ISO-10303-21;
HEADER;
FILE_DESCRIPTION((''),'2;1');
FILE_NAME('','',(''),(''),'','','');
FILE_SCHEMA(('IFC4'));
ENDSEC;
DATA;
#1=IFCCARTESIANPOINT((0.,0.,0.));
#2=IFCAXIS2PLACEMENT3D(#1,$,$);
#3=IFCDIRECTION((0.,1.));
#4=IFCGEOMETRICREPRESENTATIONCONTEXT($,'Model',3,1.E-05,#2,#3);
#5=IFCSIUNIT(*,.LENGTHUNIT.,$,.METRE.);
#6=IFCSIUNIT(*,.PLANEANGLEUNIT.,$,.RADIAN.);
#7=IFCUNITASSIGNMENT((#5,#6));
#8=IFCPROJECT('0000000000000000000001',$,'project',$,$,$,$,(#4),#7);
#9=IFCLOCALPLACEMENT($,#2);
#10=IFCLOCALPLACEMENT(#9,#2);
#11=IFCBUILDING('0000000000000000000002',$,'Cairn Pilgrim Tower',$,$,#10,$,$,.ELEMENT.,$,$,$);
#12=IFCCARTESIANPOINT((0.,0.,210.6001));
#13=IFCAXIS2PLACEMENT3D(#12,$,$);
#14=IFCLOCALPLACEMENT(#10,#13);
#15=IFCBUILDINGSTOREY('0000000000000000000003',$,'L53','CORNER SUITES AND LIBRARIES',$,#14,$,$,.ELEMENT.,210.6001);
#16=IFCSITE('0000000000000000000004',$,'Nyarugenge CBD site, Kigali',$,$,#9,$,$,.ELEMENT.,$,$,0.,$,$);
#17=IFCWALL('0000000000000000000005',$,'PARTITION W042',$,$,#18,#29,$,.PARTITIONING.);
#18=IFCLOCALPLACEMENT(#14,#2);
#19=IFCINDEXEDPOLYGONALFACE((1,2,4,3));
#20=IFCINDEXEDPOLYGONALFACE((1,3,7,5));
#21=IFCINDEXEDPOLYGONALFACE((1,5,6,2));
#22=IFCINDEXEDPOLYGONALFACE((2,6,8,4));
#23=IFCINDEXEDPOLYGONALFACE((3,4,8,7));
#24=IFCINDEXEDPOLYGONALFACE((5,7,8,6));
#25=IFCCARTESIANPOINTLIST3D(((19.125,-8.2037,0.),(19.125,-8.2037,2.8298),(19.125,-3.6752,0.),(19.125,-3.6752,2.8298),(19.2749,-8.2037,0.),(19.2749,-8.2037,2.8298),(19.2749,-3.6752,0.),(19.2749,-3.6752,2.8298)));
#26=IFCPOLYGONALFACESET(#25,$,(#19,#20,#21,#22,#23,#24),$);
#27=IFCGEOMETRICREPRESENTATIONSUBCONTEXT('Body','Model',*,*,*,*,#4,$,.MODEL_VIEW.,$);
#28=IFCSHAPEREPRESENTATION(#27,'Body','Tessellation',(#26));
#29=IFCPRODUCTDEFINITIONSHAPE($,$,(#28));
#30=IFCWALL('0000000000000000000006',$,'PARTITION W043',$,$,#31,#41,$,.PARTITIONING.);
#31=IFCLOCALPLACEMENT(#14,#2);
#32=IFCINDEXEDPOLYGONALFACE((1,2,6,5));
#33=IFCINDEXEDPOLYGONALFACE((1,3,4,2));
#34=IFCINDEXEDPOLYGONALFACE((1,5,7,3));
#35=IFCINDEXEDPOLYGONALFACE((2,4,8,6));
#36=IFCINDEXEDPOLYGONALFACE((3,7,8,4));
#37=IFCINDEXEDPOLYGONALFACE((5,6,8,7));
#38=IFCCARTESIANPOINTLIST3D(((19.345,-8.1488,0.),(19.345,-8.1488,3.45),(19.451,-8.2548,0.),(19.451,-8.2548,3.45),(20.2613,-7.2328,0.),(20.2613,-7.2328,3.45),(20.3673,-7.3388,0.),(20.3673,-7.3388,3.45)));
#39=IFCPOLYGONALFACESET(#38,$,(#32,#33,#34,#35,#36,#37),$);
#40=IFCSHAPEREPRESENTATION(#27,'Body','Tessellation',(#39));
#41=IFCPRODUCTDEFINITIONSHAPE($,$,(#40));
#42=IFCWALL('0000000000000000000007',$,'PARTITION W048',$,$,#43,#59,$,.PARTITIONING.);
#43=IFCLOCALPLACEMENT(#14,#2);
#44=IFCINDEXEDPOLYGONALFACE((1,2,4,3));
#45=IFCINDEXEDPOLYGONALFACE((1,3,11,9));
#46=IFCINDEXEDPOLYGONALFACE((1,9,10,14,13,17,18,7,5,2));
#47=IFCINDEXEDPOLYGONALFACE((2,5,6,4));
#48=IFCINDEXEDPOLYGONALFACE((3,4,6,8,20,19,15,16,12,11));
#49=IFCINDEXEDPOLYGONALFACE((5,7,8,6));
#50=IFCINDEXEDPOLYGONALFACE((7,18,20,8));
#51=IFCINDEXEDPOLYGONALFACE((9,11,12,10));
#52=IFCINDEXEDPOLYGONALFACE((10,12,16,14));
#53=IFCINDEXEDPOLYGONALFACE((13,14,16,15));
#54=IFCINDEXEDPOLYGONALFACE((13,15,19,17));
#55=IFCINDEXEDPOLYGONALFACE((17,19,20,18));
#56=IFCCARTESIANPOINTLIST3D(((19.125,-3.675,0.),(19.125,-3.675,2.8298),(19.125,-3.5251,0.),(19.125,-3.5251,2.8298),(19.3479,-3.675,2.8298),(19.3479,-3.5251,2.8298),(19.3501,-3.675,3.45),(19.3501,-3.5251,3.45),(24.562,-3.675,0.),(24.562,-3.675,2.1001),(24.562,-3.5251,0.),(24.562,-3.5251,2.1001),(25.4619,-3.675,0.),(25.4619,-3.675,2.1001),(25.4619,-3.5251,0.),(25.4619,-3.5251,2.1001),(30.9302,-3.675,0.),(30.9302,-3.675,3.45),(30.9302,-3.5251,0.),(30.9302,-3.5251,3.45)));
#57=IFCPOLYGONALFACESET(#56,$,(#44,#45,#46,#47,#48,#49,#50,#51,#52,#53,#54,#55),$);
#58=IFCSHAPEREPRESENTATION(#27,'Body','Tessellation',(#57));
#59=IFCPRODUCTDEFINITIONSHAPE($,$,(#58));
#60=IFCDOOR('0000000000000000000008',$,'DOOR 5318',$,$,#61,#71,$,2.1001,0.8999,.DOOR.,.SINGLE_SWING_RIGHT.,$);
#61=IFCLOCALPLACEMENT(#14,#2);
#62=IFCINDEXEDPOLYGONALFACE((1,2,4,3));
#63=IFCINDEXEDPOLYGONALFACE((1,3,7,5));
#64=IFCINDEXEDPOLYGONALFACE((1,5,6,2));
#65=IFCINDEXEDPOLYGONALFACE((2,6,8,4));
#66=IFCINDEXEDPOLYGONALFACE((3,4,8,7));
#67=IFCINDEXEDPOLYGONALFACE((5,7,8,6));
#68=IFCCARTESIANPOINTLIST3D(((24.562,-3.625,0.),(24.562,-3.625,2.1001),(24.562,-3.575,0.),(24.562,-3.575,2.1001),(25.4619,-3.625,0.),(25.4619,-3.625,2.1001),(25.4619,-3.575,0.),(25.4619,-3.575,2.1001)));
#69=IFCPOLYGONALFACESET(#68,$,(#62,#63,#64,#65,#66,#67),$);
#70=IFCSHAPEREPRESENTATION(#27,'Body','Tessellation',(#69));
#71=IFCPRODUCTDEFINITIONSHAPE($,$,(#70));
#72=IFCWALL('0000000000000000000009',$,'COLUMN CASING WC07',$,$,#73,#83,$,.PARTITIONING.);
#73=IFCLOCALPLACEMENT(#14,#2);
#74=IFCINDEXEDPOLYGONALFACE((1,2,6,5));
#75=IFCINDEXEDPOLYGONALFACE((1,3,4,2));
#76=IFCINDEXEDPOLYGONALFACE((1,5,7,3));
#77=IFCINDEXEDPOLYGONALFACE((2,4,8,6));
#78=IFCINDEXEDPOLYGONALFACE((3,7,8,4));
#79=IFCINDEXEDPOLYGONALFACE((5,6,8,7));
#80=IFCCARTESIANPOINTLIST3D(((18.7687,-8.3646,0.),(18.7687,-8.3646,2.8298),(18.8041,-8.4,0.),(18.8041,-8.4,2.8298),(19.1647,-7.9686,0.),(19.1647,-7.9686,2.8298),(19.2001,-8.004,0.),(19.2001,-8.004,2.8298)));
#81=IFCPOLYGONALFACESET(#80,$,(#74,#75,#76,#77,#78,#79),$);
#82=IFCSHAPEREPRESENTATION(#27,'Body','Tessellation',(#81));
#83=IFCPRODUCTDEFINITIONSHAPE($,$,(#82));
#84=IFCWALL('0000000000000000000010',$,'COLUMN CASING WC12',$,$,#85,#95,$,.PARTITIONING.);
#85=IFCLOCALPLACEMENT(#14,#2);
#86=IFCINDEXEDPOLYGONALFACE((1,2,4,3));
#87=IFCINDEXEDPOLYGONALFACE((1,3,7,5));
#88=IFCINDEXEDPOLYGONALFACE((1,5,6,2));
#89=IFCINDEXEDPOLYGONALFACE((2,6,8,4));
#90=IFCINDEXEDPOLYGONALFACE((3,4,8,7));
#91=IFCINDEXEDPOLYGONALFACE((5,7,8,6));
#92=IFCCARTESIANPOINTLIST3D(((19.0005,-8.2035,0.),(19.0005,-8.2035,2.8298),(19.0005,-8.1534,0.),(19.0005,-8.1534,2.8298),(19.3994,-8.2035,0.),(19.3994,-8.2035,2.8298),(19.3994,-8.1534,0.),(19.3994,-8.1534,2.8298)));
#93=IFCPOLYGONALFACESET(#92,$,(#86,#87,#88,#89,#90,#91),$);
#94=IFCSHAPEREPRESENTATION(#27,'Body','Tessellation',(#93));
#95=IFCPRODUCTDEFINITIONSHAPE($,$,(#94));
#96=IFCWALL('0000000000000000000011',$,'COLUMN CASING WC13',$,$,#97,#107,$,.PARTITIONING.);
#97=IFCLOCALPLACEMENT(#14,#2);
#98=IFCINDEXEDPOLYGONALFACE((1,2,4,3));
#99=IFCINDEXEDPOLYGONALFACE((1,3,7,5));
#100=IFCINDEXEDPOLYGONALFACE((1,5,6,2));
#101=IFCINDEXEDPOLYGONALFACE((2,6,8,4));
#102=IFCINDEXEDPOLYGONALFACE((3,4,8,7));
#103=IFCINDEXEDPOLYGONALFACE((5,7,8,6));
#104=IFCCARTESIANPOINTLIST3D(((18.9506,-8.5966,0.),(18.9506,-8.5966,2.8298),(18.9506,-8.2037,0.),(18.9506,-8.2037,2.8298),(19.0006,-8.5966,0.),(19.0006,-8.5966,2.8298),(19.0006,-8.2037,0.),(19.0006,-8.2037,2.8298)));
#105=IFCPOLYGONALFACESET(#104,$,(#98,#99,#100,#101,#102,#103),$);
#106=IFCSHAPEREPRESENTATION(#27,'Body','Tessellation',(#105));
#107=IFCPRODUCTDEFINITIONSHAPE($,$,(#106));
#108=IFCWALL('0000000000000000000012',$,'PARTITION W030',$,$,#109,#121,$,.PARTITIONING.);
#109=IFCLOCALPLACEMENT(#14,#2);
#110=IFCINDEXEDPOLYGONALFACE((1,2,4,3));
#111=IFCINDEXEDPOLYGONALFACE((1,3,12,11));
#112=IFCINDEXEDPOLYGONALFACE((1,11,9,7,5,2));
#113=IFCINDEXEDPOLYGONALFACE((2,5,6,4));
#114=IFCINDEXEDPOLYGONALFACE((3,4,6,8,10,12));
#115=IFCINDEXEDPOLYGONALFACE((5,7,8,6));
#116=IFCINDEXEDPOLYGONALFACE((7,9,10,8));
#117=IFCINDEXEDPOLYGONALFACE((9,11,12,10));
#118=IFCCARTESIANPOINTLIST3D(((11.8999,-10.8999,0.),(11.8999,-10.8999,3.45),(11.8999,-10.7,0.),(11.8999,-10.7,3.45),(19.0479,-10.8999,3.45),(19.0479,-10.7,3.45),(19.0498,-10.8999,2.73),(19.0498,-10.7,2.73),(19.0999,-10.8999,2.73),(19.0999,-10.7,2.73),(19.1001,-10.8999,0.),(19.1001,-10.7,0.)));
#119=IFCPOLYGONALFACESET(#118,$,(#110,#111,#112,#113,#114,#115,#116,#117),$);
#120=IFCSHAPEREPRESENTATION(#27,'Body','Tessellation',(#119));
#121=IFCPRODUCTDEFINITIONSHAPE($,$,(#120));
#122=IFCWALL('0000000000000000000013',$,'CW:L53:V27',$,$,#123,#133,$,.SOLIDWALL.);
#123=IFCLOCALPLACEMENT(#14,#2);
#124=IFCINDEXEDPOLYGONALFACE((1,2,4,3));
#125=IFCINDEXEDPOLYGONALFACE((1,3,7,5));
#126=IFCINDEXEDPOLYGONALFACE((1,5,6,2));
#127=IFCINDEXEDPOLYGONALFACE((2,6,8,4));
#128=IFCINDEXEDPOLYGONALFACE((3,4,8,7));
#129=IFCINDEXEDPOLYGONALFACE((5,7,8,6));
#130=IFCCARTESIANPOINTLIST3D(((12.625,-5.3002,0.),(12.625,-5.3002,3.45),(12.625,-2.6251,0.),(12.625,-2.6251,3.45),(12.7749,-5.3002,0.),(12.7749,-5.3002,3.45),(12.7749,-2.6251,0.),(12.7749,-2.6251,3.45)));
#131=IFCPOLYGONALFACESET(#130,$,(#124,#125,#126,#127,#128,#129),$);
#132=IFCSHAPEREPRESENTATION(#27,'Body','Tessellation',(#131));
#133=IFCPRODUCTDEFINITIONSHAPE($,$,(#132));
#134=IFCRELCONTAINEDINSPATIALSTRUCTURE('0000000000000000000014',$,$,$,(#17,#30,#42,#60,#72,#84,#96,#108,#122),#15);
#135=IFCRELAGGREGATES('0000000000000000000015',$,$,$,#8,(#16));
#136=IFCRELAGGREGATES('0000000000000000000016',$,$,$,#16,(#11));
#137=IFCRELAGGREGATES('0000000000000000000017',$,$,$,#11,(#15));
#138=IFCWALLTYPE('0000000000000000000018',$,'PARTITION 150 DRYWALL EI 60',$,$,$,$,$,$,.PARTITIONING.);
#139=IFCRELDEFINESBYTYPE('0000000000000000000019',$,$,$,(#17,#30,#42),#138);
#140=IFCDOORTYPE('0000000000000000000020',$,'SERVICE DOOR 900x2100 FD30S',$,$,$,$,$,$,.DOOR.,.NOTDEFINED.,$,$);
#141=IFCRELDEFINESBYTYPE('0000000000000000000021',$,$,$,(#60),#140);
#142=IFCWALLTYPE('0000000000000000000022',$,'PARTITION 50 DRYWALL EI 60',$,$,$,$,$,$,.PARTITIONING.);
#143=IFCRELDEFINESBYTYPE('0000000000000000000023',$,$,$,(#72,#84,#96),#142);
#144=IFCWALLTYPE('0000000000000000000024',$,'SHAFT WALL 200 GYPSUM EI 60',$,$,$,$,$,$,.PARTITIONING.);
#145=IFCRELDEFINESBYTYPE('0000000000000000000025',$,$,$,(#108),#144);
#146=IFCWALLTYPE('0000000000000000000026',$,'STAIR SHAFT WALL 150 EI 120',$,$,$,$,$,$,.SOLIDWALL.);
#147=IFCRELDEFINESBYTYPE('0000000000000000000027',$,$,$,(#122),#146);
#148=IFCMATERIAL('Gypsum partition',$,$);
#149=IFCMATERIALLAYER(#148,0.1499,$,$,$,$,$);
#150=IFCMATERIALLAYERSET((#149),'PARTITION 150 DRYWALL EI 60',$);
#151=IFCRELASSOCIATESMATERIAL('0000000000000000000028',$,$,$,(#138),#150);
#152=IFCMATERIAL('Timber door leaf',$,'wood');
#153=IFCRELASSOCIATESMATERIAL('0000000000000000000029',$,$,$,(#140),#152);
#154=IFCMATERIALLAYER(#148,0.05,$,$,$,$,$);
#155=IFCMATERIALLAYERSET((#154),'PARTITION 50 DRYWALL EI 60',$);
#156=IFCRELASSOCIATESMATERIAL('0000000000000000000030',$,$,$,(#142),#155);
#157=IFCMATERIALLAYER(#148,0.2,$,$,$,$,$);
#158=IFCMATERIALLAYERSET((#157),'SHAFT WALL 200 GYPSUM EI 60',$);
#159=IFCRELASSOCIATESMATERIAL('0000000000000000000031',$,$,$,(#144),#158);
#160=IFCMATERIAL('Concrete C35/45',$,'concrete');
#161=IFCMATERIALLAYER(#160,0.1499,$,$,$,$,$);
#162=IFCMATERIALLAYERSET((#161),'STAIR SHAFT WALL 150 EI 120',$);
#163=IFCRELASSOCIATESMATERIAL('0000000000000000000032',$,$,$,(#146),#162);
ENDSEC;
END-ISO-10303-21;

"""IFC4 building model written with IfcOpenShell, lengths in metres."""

from ifc_helpers import new_model, si_unit, direction, frame, frame_2d, origin, place, context, subcontext, project, spatial, polyline, rectangle, outline, extrude, material, layer, layer_set, type_object, element, fill, save


model = new_model("IFC4")

# Units and contexts
model_context = context("Model", 3, precision=1e-05, world=origin(), true_north=direction((0.0, 1.0)))
body_context = subcontext(model_context, "Body", "Model", "MODEL_VIEW")
ifc_project = project(units=[si_unit("LENGTHUNIT", "METRE"), si_unit("PLANEANGLEUNIT", "RADIAN")], contexts=[model_context])

# Site, building, storey
site_placement = place(None, origin())
site = spatial("IfcSite", under=ifc_project, at=site_placement, Name="Nyarugenge CBD site, Kigali", CompositionType="ELEMENT", RefElevation=0.0)
building_placement = place(site_placement, origin())
building = spatial("IfcBuilding", under=site, at=building_placement, Name="Cairn Pilgrim Tower", CompositionType="ELEMENT")
storey_placement = place(building_placement, frame((0.0, 0.0, 210.6001)))
storey = spatial("IfcBuildingStorey", under=building, at=storey_placement, Name="L53", Description="CORNER SUITES AND LIBRARIES", CompositionType="ELEMENT", Elevation=210.6001)

# Walls
ifc_material_1 = material(Name="Gypsum partition")
ifc_layer_1 = layer(ifc_material_1, 0.1499)
ifc_layer_set_1 = layer_set([ifc_layer_1], Name="PARTITION 150 DRYWALL EI 60")
wall_type_1 = type_object("IfcWallType", Name="PARTITION 150 DRYWALL EI 60", PredefinedType="PARTITIONING", material=ifc_layer_set_1)
wall_1_placement = place(storey_placement, frame((19.2, -8.2036, 0.0), z_axis=(0.0, 0.0, 1.0), x_axis=(0.0, 1.0, 0.0)))
element("IfcWall", 1, at=wall_1_placement, inside=storey, type_object=wall_type_1, Name="PARTITION W042", PredefinedType="PARTITIONING", context=body_context, shape_type="SweptSolid", body=[
    extrude(rectangle(XDim=4.5286, YDim=0.1499, at=frame_2d((2.2642, 0.0))), origin(), (0.0, 0.0, 1.0), 2.8298),
])
wall_2_placement = place(storey_placement, frame((19.3979, -8.2019, 0.0), z_axis=(0.0, 0.0, 1.0), x_axis=(0.707201, 0.707013, 0.0)))
element("IfcWall", 2, at=wall_2_placement, inside=storey, type_object=wall_type_1, Name="PARTITION W043", PredefinedType="PARTITIONING", context=body_context, shape_type="SweptSolid", body=[
    extrude(rectangle(XDim=1.2957, YDim=0.1499, at=frame_2d((0.6479, 0.0))), origin(), (0.0, 0.0, 1.0), 3.45),
])

# Wall, opening, door
wall_3_placement = place(storey_placement, frame((19.125, -3.6001, 0.0), z_axis=(0.0, 0.0, 1.0), x_axis=(1.0, 0.0, 0.0)))
wall_3 = element("IfcWall", 3, at=wall_3_placement, inside=storey, type_object=wall_type_1, Name="PARTITION W048", PredefinedType="PARTITIONING", context=body_context, shape_type="SweptSolid", body=[
    extrude(outline(polyline([(0.0, 0.0), (11.8052, 0.0), (11.8052, 3.45), (0.2251, 3.45), (0.2229, 2.8298), (0.0, 2.8298), (0.0, 0.0)])), frame((0.0, 0.075, 0.0), z_axis=(0.0, -1.0, 0.0), x_axis=(1.0, 0.0, 0.0)), (0.0, 0.0, 1.0), 0.1499),
])
opening_1_placement = place(wall_3_placement, frame((5.437, 0.0, 0.0)))
opening_1 = element("IfcOpeningElement", 4, at=opening_1_placement, cuts=wall_3, PredefinedType="OPENING", context=body_context, shape_type="SweptSolid", body=[
    extrude(rectangle(XDim=0.8999, YDim=2.1001, at=frame_2d((0.45, 1.05))), frame((0.0, 0.085, 0.0), z_axis=(0.0, -1.0, 0.0), x_axis=(1.0, 0.0, 0.0)), (0.0, 0.0, 1.0), 0.1699),
])
ifc_material_2 = material(Name="Timber door leaf", Category="wood")
door_type_1 = type_object("IfcDoorType", Name="SERVICE DOOR 900x2100 FD30S", OperationType="NOTDEFINED", PredefinedType="DOOR", material=ifc_material_2)
door_1_placement = place(opening_1_placement, frame((0.8999, 0.0, 0.0), z_axis=(0.0, 0.0, 1.0), x_axis=(-1.0, 0.0, 0.0)))
door_1 = element("IfcDoor", 5, at=door_1_placement, inside=storey, type_object=door_type_1, Name="DOOR 5318", OperationType="SINGLE_SWING_RIGHT", OverallHeight=2.1001, OverallWidth=0.8999, PredefinedType="DOOR", context=body_context, shape_type="SweptSolid", body=[
    extrude(rectangle(XDim=0.8999, YDim=2.1001, at=frame_2d((0.45, 1.05))), frame((0.0, 0.0249, 0.0), z_axis=(0.0, -1.0, 0.0), x_axis=(1.0, 0.0, 0.0)), (0.0, 0.0, 1.0), 0.05),
])
fill(opening_1, door_1)

# Walls
ifc_layer_2 = layer(ifc_material_1, 0.05)
ifc_layer_set_2 = layer_set([ifc_layer_2], Name="PARTITION 50 DRYWALL EI 60")
wall_type_2 = type_object("IfcWallType", Name="PARTITION 50 DRYWALL EI 60", PredefinedType="PARTITIONING", material=ifc_layer_set_2)
wall_4_placement = place(storey_placement, frame((18.7864, -8.3823, 0.0), z_axis=(0.0, 0.0, 1.0), x_axis=(0.707107, 0.707107, 0.0)))
element("IfcWall", 6, at=wall_4_placement, inside=storey, type_object=wall_type_2, Name="COLUMN CASING WC07", PredefinedType="PARTITIONING", context=body_context, shape_type="SweptSolid", body=[
    extrude(rectangle(XDim=0.5601, YDim=0.05, at=frame_2d((0.28, 0.0))), origin(), (0.0, 0.0, 1.0), 2.8298),
])
wall_5_placement = place(storey_placement, frame((19.0005, -8.1785, 0.0), z_axis=(0.0, 0.0, 1.0), x_axis=(1.0, 0.0, 0.0)))
element("IfcWall", 7, at=wall_5_placement, inside=storey, type_object=wall_type_2, Name="COLUMN CASING WC12", PredefinedType="PARTITIONING", context=body_context, shape_type="SweptSolid", body=[
    extrude(rectangle(XDim=0.3989, YDim=0.05, at=frame_2d((0.1995, 0.0))), origin(), (0.0, 0.0, 1.0), 2.8298),
])
wall_6_placement = place(storey_placement, frame((18.9756, -8.5964, 0.0), z_axis=(0.0, 0.0, 1.0), x_axis=(0.0, 1.0, 0.0)))
element("IfcWall", 8, at=wall_6_placement, inside=storey, type_object=wall_type_2, Name="COLUMN CASING WC13", PredefinedType="PARTITIONING", context=body_context, shape_type="SweptSolid", body=[
    extrude(rectangle(XDim=0.3928, YDim=0.05, at=frame_2d((0.1963, 0.0))), origin(), (0.0, 0.0, 1.0), 2.8298),
])
ifc_layer_3 = layer(ifc_material_1, 0.2)
ifc_layer_set_3 = layer_set([ifc_layer_3], Name="SHAFT WALL 200 GYPSUM EI 60")
wall_type_3 = type_object("IfcWallType", Name="SHAFT WALL 200 GYPSUM EI 60", PredefinedType="PARTITIONING", material=ifc_layer_set_3)
wall_7_placement = place(storey_placement, frame((11.8999, -10.8, 0.0), z_axis=(0.0, 0.0, 1.0), x_axis=(1.0, 0.0, 0.0)))
element("IfcWall", 9, at=wall_7_placement, inside=storey, type_object=wall_type_3, Name="PARTITION W030", PredefinedType="PARTITIONING", context=body_context, shape_type="SweptSolid", body=[
    extrude(outline(polyline([(0.0, 0.0), (7.2002, 0.0), (7.2, 2.73), (7.1499, 2.73), (7.1479, 3.45), (0.0, 3.45), (0.0, 0.0)])), frame((0.0, 0.1001, 0.0), z_axis=(0.0, -1.0, 0.0), x_axis=(1.0, 0.0, 0.0)), (0.0, 0.0, 1.0), 0.2),
])
ifc_material_3 = material(Name="Concrete C35/45", Category="concrete")
ifc_layer_4 = layer(ifc_material_3, 0.1499)
ifc_layer_set_4 = layer_set([ifc_layer_4], Name="STAIR SHAFT WALL 150 EI 120")
wall_type_4 = type_object("IfcWallType", Name="STAIR SHAFT WALL 150 EI 120", PredefinedType="SOLIDWALL", material=ifc_layer_set_4)
wall_8_placement = place(storey_placement, frame((12.7, -5.3, 0.0), z_axis=(0.0, 0.0, 1.0), x_axis=(0.0, 1.0, 0.0)))
element("IfcWall", 10, at=wall_8_placement, inside=storey, type_object=wall_type_4, Name="CW:L53:V27", PredefinedType="SOLIDWALL", context=body_context, shape_type="SweptSolid", body=[
    extrude(rectangle(XDim=2.675, YDim=0.1499, at=frame_2d((1.3374, 0.0))), origin(), (0.0, 0.0, 1.0), 3.45),
])

save(model, "model.ifc")
